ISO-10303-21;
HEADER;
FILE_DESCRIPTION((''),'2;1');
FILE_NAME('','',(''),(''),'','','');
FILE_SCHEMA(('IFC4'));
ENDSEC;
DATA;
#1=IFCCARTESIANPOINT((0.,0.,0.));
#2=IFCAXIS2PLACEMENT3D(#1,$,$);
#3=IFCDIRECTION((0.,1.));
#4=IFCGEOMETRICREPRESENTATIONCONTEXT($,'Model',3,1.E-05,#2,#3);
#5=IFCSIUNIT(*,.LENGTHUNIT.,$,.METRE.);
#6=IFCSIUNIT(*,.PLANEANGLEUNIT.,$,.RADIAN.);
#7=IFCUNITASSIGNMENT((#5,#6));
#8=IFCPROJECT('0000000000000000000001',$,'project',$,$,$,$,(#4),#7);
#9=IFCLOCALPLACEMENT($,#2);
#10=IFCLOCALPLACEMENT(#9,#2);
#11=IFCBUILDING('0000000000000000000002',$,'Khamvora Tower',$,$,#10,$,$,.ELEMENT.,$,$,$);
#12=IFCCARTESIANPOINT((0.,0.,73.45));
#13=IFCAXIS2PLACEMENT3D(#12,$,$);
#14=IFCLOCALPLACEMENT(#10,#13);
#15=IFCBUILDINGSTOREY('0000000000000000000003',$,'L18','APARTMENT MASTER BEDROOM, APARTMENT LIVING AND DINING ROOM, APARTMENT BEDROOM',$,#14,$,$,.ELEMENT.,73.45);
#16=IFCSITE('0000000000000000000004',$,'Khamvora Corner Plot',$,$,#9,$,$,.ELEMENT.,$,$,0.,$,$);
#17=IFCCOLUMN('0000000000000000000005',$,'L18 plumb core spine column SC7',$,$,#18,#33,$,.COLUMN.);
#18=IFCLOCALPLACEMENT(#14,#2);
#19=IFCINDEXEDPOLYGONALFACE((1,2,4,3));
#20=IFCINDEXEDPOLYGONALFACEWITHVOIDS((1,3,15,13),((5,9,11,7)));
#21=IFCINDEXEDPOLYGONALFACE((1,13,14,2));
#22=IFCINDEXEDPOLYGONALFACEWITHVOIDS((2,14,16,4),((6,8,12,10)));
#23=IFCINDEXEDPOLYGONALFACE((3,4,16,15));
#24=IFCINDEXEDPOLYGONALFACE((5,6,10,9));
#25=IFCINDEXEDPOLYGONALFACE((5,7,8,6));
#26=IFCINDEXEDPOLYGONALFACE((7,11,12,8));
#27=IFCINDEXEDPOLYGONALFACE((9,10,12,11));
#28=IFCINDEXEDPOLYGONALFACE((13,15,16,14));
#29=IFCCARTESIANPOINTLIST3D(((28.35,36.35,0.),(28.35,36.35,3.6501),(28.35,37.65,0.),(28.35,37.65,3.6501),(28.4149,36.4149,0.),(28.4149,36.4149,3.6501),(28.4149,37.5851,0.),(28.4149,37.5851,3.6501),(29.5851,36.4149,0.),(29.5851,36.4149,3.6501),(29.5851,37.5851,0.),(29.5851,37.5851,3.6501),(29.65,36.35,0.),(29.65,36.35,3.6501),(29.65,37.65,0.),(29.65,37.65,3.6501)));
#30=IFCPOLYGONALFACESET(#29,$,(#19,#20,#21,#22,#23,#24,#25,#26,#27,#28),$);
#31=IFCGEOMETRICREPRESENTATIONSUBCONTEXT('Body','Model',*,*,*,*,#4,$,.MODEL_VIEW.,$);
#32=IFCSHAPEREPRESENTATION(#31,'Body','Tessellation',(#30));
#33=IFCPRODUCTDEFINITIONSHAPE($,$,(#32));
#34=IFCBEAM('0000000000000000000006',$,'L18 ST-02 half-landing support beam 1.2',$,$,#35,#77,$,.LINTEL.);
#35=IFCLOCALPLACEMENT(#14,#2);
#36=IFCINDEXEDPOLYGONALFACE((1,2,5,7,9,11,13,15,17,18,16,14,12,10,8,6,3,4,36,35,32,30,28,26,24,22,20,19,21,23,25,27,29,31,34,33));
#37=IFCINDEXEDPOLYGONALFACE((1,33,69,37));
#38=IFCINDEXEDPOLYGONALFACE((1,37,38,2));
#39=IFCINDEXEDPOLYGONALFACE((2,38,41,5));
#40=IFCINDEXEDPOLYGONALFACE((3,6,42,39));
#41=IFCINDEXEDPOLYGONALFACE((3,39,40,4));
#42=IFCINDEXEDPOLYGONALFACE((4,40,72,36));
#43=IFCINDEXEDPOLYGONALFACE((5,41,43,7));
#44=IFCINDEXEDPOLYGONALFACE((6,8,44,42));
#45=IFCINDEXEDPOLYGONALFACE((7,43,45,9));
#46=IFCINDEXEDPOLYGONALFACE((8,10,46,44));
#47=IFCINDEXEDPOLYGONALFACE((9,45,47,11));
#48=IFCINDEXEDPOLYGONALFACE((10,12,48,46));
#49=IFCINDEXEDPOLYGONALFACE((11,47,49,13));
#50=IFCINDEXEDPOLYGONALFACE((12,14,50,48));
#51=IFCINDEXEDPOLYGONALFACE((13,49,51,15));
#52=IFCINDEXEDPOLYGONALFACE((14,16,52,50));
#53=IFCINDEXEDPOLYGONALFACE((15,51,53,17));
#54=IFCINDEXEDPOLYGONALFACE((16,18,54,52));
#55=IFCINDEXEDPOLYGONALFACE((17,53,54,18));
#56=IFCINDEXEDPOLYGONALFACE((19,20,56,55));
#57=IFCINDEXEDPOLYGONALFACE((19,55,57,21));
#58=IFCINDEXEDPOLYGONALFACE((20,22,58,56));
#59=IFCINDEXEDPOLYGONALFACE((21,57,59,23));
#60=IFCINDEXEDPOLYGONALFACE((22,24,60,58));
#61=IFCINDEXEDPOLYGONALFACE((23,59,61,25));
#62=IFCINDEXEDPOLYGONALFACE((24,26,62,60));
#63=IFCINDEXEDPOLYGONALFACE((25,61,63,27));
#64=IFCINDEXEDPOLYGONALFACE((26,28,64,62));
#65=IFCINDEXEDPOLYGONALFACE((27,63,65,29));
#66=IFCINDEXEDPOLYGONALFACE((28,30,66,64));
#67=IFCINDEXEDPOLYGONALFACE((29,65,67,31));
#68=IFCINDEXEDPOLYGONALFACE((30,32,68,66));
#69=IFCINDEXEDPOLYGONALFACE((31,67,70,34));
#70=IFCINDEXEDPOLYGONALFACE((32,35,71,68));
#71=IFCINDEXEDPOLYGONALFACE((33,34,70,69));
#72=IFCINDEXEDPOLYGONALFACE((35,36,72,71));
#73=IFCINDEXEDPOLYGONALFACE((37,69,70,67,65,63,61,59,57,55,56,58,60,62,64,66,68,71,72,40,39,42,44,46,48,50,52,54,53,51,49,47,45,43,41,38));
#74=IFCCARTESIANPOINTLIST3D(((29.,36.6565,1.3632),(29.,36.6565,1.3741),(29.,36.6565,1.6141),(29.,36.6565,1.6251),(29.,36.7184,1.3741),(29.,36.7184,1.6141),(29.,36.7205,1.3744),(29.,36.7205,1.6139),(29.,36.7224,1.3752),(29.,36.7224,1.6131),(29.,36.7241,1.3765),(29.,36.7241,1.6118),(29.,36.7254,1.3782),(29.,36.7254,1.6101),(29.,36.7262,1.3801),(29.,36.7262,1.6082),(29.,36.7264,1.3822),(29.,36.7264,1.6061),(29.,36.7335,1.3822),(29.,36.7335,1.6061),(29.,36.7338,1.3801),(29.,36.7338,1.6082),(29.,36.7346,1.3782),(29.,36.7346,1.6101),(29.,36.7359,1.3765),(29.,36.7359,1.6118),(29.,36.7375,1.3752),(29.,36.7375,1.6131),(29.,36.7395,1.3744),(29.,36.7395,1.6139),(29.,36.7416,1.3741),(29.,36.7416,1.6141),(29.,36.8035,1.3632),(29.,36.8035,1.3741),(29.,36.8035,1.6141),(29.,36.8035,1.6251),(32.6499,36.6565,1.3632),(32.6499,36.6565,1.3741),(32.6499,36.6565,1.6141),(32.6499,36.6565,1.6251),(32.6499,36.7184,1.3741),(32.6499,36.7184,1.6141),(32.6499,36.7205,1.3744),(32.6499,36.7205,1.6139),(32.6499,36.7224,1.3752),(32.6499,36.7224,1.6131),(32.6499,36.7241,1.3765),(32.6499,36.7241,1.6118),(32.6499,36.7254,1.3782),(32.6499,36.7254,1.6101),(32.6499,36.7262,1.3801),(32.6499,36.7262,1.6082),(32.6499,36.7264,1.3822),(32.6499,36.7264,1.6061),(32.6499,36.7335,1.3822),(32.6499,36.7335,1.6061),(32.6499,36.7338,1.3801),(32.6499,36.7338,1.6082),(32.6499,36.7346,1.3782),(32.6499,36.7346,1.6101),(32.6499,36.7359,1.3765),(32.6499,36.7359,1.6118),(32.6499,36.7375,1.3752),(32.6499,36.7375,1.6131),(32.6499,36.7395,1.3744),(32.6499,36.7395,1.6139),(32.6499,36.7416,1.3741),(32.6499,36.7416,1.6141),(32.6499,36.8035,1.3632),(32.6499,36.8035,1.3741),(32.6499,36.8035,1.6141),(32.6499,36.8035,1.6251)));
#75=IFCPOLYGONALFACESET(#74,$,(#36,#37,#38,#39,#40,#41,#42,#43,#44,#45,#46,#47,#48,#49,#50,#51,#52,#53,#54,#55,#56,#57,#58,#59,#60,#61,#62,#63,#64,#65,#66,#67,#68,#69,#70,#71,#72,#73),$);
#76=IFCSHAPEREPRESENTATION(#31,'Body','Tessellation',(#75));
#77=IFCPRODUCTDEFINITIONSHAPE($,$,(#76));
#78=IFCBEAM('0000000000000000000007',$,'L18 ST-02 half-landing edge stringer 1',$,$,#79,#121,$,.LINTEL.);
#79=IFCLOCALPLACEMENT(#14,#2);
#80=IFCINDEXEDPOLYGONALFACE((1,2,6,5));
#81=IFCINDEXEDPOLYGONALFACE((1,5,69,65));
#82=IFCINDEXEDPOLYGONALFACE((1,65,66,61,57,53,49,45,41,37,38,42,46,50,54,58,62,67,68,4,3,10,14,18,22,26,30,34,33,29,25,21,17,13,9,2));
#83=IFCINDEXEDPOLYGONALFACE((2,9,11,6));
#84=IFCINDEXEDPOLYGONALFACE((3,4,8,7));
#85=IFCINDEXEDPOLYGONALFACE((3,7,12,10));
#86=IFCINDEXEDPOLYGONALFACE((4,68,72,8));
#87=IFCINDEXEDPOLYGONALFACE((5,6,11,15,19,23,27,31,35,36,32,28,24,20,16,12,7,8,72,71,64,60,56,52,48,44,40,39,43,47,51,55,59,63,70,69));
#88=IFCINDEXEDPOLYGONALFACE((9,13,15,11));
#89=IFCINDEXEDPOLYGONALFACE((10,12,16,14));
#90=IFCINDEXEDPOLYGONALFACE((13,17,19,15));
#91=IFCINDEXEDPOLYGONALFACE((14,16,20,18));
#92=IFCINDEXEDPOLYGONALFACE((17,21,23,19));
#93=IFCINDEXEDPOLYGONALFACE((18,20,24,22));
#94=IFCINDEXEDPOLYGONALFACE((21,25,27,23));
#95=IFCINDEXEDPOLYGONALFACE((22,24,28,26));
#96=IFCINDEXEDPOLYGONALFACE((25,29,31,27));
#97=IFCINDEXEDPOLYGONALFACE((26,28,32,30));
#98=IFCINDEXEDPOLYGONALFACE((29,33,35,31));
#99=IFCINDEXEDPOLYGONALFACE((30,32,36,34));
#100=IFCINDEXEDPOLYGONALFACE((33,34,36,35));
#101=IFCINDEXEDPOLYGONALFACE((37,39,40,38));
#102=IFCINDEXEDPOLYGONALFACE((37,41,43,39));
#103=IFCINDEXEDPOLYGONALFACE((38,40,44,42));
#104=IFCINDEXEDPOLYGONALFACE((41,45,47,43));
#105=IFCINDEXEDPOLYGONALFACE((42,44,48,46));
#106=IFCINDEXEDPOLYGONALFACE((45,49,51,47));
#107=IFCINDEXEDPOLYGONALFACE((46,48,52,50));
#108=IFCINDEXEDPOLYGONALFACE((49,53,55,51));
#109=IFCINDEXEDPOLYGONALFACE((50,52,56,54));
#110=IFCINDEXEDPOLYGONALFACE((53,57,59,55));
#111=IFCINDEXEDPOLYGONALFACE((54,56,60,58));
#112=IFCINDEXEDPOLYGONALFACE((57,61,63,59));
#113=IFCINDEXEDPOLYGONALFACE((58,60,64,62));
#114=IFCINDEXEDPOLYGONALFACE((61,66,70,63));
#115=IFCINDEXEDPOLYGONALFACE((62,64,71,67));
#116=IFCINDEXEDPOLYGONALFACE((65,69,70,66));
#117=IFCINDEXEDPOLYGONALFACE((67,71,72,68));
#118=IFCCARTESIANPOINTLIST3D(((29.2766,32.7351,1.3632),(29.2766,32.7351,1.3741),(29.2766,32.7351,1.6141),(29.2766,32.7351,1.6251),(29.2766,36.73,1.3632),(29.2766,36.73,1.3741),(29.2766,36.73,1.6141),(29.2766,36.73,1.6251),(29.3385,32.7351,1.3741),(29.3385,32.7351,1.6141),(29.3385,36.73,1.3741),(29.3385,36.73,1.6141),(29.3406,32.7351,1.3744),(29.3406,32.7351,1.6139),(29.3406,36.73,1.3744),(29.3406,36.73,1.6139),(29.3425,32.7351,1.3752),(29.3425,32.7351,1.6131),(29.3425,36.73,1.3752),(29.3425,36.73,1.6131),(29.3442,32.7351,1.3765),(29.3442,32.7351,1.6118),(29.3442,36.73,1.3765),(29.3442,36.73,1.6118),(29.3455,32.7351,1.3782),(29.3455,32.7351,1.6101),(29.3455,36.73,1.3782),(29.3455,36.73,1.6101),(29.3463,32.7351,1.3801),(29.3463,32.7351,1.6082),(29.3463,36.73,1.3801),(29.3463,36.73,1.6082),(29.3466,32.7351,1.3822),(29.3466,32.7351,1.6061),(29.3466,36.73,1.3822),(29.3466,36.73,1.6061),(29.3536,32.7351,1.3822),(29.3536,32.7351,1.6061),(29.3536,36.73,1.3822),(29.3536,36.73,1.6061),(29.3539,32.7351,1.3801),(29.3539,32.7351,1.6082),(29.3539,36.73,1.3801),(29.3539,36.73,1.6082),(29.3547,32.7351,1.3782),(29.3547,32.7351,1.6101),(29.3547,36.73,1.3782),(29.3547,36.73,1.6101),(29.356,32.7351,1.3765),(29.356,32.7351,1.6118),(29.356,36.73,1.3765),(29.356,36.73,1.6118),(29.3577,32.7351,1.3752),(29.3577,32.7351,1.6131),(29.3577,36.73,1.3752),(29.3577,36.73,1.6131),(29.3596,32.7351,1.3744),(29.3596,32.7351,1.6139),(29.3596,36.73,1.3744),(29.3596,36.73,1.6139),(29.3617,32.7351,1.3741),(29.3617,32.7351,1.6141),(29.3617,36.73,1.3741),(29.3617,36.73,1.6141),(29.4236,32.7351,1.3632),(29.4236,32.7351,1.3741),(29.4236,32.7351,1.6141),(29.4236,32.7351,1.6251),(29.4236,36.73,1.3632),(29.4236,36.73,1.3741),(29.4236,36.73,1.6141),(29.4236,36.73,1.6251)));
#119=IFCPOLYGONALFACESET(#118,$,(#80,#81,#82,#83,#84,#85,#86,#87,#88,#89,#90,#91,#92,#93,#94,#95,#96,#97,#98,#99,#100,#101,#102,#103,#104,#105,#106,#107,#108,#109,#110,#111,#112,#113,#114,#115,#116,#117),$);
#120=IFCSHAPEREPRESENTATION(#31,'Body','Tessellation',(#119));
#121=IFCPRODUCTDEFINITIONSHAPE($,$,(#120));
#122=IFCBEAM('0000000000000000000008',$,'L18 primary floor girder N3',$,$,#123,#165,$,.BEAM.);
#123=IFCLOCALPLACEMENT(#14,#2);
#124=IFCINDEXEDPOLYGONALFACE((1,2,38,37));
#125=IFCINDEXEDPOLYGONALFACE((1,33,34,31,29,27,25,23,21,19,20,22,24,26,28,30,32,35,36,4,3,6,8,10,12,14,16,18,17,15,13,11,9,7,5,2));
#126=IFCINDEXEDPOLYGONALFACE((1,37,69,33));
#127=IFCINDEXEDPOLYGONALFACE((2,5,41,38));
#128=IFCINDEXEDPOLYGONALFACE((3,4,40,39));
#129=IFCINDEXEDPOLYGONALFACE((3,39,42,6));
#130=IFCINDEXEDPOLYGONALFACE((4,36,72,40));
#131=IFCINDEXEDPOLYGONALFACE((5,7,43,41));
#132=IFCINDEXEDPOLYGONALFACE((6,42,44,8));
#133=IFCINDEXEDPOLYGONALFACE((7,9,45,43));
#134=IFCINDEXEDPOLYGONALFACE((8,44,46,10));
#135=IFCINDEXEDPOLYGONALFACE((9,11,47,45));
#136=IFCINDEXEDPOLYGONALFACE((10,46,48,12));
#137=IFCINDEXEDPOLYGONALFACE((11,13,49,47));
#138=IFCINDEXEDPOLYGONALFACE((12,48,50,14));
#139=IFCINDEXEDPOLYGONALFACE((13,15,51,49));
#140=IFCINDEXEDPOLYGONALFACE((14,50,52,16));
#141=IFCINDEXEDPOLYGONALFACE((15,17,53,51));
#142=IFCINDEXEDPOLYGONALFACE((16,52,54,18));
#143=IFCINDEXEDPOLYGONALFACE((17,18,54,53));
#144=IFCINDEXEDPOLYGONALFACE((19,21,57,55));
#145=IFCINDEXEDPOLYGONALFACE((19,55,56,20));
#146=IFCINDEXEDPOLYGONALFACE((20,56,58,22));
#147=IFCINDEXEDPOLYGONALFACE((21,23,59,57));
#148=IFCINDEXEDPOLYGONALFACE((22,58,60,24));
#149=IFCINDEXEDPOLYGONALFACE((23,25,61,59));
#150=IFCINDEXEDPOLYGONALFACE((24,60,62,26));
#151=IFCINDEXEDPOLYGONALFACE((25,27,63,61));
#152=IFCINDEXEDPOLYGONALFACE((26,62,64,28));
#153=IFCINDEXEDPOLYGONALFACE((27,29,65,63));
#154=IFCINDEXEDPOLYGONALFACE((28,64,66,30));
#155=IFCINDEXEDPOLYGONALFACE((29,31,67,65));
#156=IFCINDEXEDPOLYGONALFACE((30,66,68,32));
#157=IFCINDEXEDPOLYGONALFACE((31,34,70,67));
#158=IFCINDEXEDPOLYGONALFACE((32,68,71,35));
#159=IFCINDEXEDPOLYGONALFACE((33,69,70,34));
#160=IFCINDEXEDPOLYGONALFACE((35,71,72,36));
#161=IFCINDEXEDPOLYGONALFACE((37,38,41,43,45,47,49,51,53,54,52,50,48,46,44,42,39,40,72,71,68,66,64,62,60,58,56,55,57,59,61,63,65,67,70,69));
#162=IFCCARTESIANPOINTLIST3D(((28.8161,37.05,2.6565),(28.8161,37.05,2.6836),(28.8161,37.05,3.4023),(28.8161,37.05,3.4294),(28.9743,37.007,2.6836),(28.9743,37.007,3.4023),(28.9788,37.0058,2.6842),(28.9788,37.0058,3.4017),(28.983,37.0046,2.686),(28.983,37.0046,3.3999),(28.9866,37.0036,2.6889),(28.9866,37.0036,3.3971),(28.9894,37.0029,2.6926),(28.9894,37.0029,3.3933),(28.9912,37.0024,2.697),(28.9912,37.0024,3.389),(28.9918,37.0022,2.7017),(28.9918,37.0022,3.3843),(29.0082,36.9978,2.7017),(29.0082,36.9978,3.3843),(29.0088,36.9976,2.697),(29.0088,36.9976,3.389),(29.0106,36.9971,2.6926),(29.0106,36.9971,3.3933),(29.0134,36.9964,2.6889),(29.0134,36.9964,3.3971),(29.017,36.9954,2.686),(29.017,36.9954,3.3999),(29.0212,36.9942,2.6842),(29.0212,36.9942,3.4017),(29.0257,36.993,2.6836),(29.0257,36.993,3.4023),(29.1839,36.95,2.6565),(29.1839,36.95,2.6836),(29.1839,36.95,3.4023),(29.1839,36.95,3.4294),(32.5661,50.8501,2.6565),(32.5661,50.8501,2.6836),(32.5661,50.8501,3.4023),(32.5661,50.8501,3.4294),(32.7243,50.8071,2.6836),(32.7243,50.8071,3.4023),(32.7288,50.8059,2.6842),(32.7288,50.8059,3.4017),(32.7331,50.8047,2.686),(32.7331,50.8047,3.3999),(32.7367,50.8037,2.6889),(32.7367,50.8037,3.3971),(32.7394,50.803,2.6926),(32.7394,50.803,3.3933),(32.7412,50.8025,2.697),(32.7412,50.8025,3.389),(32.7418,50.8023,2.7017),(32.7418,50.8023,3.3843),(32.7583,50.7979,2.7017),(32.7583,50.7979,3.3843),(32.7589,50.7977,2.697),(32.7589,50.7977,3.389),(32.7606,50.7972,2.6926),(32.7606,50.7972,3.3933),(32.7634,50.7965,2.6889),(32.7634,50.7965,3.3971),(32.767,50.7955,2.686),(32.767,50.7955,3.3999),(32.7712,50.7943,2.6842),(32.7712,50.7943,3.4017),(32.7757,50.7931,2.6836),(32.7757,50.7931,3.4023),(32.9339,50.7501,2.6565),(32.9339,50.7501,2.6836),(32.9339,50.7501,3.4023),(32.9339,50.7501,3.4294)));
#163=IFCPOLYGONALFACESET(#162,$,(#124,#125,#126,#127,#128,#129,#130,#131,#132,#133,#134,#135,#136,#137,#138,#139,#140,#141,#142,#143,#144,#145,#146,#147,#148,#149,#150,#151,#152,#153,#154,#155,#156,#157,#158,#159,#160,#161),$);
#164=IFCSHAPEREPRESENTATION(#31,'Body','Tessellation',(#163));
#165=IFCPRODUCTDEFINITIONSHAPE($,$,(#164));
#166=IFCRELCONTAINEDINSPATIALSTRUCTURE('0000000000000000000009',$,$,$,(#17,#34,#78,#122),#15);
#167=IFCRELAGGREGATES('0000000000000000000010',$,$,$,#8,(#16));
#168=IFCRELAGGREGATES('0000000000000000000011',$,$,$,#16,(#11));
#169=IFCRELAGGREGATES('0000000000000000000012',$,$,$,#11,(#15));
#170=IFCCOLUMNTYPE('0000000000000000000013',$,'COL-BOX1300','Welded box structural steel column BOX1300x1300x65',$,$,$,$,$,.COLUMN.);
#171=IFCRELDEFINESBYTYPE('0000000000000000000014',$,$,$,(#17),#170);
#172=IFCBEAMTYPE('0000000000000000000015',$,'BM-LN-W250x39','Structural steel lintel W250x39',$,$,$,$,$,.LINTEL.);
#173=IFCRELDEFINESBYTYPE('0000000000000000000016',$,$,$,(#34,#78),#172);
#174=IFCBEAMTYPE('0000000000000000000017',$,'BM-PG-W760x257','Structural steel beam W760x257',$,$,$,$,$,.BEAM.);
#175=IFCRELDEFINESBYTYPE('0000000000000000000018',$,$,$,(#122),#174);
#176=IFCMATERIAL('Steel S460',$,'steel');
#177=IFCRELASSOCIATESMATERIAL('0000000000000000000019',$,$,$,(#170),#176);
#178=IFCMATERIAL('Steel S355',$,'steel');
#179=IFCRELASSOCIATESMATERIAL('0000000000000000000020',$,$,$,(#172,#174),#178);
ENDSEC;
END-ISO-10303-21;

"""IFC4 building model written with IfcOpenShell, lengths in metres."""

from ifc_helpers import new_model, si_unit, direction, frame, origin, origin_2d, place, context, subcontext, project, spatial, hollow_rectangle, i_section, extrude, material, material_profile, profile_set, type_object, element, save


model = new_model("IFC4")

# Units and contexts
model_context = context("Model", 3, precision=1e-05, world=origin(), true_north=direction((0.0, 1.0)))
body_context = subcontext(model_context, "Body", "Model", "MODEL_VIEW")
ifc_project = project(units=[si_unit("LENGTHUNIT", "METRE"), si_unit("PLANEANGLEUNIT", "RADIAN")], contexts=[model_context])

# Site, building, storey
site_placement = place(None, origin())
site = spatial("IfcSite", under=ifc_project, at=site_placement, Name="Khamvora Corner Plot", CompositionType="ELEMENT", RefElevation=0.0)
building_placement = place(site_placement, origin())
building = spatial("IfcBuilding", under=site, at=building_placement, Name="Khamvora Tower", CompositionType="ELEMENT")
storey_placement = place(building_placement, frame((0.0, 0.0, 73.45)))
storey = spatial("IfcBuildingStorey", under=building, at=storey_placement, Name="L18", Description="APARTMENT MASTER BEDROOM, APARTMENT LIVING AND DINING ROOM, APARTMENT BEDROOM", CompositionType="ELEMENT", Elevation=73.45)

# Column
ifc_material_1 = material(Name="Steel S460", Category="steel")
ifc_material_profile_1 = material_profile(ifc_material_1, hollow_rectangle(XDim=1.3, YDim=1.3, WallThickness=0.0649, at=origin_2d()), Name="BOX1300x1300x65")
ifc_profile_set_1 = profile_set([ifc_material_profile_1], Name="Steel S460")
column_type = type_object("IfcColumnType", Name="COL-BOX1300", Description="Welded box structural steel column BOX1300x1300x65", PredefinedType="COLUMN", material=ifc_profile_set_1)
column_placement = place(storey_placement, frame((29.0, 37.0, 0.0), z_axis=(0.0, 0.0, 1.0), x_axis=(1.0, 0.0, 0.0)))
element("IfcColumn", 1, at=column_placement, inside=storey, type_object=column_type, Name="L18 plumb core spine column SC7", PredefinedType="COLUMN", context=body_context, shape_type="SweptSolid", body=[
    extrude(hollow_rectangle(XDim=1.3, YDim=1.3, WallThickness=0.0649, at=origin_2d()), origin(), (0.0, 0.0, 1.0), 3.6501),
])

# Beams
ifc_material_2 = material(Name="Steel S355", Category="steel")
ifc_material_profile_2 = material_profile(ifc_material_2, i_section(OverallWidth=0.147, OverallDepth=0.262, WebThickness=0.0071, FlangeThickness=0.011, FilletRadius=0.0081, at=origin_2d()), Name="W250x39")
ifc_profile_set_2 = profile_set([ifc_material_profile_2], Name="Steel S355")
beam_type_1 = type_object("IfcBeamType", Name="BM-LN-W250x39", Description="Structural steel lintel W250x39", PredefinedType="LINTEL", material=ifc_profile_set_2)
beam_1_placement = place(storey_placement, frame((29.0, 36.73, 1.4941), z_axis=(1.0, 0.0, 0.0), x_axis=(0.0, 1.0, 0.0)))
element("IfcBeam", 2, at=beam_1_placement, inside=storey, type_object=beam_type_1, Name="L18 ST-02 half-landing support beam 1.2", PredefinedType="LINTEL", context=body_context, shape_type="SweptSolid", body=[
    extrude(i_section(OverallWidth=0.147, OverallDepth=0.262, WebThickness=0.0071, FlangeThickness=0.011, FilletRadius=0.0081, at=origin_2d()), origin(), (0.0, 0.0, 1.0), 3.6499),
])
beam_2_placement = place(storey_placement, frame((29.3501, 32.7351, 1.4941), z_axis=(0.0, 1.0, 0.0), x_axis=(-1.0, 0.0, 0.0)))
element("IfcBeam", 3, at=beam_2_placement, inside=storey, type_object=beam_type_1, Name="L18 ST-02 half-landing edge stringer 1", PredefinedType="LINTEL", context=body_context, shape_type="SweptSolid", body=[
    extrude(i_section(OverallWidth=0.147, OverallDepth=0.262, WebThickness=0.0071, FlangeThickness=0.011, FilletRadius=0.0081, at=origin_2d()), origin(), (0.0, 0.0, 1.0), 3.9949),
])
ifc_material_profile_3 = material_profile(ifc_material_2, i_section(OverallWidth=0.3811, OverallDepth=0.7729, WebThickness=0.0171, FlangeThickness=0.0271, FilletRadius=0.0181, at=origin_2d()), Name="W760x257")
ifc_profile_set_3 = profile_set([ifc_material_profile_3], Name="Steel S355")
beam_type_2 = type_object("IfcBeamType", Name="BM-PG-W760x257", Description="Structural steel beam W760x257", PredefinedType="BEAM", material=ifc_profile_set_3)
beam_3_placement = place(storey_placement, frame((29.0, 37.0, 3.043), z_axis=(0.262229, 0.965006, 0.0), x_axis=(-0.965006, 0.262229, 0.0)))
element("IfcBeam", 4, at=beam_3_placement, inside=storey, type_object=beam_type_2, Name="L18 primary floor girder N3", PredefinedType="BEAM", context=body_context, shape_type="SweptSolid", body=[
    extrude(i_section(OverallWidth=0.3811, OverallDepth=0.7729, WebThickness=0.0171, FlangeThickness=0.0271, FilletRadius=0.0181, at=origin_2d()), origin(), (0.0, 0.0, 1.0), 14.3005),
])

save(model, "model.ifc")
